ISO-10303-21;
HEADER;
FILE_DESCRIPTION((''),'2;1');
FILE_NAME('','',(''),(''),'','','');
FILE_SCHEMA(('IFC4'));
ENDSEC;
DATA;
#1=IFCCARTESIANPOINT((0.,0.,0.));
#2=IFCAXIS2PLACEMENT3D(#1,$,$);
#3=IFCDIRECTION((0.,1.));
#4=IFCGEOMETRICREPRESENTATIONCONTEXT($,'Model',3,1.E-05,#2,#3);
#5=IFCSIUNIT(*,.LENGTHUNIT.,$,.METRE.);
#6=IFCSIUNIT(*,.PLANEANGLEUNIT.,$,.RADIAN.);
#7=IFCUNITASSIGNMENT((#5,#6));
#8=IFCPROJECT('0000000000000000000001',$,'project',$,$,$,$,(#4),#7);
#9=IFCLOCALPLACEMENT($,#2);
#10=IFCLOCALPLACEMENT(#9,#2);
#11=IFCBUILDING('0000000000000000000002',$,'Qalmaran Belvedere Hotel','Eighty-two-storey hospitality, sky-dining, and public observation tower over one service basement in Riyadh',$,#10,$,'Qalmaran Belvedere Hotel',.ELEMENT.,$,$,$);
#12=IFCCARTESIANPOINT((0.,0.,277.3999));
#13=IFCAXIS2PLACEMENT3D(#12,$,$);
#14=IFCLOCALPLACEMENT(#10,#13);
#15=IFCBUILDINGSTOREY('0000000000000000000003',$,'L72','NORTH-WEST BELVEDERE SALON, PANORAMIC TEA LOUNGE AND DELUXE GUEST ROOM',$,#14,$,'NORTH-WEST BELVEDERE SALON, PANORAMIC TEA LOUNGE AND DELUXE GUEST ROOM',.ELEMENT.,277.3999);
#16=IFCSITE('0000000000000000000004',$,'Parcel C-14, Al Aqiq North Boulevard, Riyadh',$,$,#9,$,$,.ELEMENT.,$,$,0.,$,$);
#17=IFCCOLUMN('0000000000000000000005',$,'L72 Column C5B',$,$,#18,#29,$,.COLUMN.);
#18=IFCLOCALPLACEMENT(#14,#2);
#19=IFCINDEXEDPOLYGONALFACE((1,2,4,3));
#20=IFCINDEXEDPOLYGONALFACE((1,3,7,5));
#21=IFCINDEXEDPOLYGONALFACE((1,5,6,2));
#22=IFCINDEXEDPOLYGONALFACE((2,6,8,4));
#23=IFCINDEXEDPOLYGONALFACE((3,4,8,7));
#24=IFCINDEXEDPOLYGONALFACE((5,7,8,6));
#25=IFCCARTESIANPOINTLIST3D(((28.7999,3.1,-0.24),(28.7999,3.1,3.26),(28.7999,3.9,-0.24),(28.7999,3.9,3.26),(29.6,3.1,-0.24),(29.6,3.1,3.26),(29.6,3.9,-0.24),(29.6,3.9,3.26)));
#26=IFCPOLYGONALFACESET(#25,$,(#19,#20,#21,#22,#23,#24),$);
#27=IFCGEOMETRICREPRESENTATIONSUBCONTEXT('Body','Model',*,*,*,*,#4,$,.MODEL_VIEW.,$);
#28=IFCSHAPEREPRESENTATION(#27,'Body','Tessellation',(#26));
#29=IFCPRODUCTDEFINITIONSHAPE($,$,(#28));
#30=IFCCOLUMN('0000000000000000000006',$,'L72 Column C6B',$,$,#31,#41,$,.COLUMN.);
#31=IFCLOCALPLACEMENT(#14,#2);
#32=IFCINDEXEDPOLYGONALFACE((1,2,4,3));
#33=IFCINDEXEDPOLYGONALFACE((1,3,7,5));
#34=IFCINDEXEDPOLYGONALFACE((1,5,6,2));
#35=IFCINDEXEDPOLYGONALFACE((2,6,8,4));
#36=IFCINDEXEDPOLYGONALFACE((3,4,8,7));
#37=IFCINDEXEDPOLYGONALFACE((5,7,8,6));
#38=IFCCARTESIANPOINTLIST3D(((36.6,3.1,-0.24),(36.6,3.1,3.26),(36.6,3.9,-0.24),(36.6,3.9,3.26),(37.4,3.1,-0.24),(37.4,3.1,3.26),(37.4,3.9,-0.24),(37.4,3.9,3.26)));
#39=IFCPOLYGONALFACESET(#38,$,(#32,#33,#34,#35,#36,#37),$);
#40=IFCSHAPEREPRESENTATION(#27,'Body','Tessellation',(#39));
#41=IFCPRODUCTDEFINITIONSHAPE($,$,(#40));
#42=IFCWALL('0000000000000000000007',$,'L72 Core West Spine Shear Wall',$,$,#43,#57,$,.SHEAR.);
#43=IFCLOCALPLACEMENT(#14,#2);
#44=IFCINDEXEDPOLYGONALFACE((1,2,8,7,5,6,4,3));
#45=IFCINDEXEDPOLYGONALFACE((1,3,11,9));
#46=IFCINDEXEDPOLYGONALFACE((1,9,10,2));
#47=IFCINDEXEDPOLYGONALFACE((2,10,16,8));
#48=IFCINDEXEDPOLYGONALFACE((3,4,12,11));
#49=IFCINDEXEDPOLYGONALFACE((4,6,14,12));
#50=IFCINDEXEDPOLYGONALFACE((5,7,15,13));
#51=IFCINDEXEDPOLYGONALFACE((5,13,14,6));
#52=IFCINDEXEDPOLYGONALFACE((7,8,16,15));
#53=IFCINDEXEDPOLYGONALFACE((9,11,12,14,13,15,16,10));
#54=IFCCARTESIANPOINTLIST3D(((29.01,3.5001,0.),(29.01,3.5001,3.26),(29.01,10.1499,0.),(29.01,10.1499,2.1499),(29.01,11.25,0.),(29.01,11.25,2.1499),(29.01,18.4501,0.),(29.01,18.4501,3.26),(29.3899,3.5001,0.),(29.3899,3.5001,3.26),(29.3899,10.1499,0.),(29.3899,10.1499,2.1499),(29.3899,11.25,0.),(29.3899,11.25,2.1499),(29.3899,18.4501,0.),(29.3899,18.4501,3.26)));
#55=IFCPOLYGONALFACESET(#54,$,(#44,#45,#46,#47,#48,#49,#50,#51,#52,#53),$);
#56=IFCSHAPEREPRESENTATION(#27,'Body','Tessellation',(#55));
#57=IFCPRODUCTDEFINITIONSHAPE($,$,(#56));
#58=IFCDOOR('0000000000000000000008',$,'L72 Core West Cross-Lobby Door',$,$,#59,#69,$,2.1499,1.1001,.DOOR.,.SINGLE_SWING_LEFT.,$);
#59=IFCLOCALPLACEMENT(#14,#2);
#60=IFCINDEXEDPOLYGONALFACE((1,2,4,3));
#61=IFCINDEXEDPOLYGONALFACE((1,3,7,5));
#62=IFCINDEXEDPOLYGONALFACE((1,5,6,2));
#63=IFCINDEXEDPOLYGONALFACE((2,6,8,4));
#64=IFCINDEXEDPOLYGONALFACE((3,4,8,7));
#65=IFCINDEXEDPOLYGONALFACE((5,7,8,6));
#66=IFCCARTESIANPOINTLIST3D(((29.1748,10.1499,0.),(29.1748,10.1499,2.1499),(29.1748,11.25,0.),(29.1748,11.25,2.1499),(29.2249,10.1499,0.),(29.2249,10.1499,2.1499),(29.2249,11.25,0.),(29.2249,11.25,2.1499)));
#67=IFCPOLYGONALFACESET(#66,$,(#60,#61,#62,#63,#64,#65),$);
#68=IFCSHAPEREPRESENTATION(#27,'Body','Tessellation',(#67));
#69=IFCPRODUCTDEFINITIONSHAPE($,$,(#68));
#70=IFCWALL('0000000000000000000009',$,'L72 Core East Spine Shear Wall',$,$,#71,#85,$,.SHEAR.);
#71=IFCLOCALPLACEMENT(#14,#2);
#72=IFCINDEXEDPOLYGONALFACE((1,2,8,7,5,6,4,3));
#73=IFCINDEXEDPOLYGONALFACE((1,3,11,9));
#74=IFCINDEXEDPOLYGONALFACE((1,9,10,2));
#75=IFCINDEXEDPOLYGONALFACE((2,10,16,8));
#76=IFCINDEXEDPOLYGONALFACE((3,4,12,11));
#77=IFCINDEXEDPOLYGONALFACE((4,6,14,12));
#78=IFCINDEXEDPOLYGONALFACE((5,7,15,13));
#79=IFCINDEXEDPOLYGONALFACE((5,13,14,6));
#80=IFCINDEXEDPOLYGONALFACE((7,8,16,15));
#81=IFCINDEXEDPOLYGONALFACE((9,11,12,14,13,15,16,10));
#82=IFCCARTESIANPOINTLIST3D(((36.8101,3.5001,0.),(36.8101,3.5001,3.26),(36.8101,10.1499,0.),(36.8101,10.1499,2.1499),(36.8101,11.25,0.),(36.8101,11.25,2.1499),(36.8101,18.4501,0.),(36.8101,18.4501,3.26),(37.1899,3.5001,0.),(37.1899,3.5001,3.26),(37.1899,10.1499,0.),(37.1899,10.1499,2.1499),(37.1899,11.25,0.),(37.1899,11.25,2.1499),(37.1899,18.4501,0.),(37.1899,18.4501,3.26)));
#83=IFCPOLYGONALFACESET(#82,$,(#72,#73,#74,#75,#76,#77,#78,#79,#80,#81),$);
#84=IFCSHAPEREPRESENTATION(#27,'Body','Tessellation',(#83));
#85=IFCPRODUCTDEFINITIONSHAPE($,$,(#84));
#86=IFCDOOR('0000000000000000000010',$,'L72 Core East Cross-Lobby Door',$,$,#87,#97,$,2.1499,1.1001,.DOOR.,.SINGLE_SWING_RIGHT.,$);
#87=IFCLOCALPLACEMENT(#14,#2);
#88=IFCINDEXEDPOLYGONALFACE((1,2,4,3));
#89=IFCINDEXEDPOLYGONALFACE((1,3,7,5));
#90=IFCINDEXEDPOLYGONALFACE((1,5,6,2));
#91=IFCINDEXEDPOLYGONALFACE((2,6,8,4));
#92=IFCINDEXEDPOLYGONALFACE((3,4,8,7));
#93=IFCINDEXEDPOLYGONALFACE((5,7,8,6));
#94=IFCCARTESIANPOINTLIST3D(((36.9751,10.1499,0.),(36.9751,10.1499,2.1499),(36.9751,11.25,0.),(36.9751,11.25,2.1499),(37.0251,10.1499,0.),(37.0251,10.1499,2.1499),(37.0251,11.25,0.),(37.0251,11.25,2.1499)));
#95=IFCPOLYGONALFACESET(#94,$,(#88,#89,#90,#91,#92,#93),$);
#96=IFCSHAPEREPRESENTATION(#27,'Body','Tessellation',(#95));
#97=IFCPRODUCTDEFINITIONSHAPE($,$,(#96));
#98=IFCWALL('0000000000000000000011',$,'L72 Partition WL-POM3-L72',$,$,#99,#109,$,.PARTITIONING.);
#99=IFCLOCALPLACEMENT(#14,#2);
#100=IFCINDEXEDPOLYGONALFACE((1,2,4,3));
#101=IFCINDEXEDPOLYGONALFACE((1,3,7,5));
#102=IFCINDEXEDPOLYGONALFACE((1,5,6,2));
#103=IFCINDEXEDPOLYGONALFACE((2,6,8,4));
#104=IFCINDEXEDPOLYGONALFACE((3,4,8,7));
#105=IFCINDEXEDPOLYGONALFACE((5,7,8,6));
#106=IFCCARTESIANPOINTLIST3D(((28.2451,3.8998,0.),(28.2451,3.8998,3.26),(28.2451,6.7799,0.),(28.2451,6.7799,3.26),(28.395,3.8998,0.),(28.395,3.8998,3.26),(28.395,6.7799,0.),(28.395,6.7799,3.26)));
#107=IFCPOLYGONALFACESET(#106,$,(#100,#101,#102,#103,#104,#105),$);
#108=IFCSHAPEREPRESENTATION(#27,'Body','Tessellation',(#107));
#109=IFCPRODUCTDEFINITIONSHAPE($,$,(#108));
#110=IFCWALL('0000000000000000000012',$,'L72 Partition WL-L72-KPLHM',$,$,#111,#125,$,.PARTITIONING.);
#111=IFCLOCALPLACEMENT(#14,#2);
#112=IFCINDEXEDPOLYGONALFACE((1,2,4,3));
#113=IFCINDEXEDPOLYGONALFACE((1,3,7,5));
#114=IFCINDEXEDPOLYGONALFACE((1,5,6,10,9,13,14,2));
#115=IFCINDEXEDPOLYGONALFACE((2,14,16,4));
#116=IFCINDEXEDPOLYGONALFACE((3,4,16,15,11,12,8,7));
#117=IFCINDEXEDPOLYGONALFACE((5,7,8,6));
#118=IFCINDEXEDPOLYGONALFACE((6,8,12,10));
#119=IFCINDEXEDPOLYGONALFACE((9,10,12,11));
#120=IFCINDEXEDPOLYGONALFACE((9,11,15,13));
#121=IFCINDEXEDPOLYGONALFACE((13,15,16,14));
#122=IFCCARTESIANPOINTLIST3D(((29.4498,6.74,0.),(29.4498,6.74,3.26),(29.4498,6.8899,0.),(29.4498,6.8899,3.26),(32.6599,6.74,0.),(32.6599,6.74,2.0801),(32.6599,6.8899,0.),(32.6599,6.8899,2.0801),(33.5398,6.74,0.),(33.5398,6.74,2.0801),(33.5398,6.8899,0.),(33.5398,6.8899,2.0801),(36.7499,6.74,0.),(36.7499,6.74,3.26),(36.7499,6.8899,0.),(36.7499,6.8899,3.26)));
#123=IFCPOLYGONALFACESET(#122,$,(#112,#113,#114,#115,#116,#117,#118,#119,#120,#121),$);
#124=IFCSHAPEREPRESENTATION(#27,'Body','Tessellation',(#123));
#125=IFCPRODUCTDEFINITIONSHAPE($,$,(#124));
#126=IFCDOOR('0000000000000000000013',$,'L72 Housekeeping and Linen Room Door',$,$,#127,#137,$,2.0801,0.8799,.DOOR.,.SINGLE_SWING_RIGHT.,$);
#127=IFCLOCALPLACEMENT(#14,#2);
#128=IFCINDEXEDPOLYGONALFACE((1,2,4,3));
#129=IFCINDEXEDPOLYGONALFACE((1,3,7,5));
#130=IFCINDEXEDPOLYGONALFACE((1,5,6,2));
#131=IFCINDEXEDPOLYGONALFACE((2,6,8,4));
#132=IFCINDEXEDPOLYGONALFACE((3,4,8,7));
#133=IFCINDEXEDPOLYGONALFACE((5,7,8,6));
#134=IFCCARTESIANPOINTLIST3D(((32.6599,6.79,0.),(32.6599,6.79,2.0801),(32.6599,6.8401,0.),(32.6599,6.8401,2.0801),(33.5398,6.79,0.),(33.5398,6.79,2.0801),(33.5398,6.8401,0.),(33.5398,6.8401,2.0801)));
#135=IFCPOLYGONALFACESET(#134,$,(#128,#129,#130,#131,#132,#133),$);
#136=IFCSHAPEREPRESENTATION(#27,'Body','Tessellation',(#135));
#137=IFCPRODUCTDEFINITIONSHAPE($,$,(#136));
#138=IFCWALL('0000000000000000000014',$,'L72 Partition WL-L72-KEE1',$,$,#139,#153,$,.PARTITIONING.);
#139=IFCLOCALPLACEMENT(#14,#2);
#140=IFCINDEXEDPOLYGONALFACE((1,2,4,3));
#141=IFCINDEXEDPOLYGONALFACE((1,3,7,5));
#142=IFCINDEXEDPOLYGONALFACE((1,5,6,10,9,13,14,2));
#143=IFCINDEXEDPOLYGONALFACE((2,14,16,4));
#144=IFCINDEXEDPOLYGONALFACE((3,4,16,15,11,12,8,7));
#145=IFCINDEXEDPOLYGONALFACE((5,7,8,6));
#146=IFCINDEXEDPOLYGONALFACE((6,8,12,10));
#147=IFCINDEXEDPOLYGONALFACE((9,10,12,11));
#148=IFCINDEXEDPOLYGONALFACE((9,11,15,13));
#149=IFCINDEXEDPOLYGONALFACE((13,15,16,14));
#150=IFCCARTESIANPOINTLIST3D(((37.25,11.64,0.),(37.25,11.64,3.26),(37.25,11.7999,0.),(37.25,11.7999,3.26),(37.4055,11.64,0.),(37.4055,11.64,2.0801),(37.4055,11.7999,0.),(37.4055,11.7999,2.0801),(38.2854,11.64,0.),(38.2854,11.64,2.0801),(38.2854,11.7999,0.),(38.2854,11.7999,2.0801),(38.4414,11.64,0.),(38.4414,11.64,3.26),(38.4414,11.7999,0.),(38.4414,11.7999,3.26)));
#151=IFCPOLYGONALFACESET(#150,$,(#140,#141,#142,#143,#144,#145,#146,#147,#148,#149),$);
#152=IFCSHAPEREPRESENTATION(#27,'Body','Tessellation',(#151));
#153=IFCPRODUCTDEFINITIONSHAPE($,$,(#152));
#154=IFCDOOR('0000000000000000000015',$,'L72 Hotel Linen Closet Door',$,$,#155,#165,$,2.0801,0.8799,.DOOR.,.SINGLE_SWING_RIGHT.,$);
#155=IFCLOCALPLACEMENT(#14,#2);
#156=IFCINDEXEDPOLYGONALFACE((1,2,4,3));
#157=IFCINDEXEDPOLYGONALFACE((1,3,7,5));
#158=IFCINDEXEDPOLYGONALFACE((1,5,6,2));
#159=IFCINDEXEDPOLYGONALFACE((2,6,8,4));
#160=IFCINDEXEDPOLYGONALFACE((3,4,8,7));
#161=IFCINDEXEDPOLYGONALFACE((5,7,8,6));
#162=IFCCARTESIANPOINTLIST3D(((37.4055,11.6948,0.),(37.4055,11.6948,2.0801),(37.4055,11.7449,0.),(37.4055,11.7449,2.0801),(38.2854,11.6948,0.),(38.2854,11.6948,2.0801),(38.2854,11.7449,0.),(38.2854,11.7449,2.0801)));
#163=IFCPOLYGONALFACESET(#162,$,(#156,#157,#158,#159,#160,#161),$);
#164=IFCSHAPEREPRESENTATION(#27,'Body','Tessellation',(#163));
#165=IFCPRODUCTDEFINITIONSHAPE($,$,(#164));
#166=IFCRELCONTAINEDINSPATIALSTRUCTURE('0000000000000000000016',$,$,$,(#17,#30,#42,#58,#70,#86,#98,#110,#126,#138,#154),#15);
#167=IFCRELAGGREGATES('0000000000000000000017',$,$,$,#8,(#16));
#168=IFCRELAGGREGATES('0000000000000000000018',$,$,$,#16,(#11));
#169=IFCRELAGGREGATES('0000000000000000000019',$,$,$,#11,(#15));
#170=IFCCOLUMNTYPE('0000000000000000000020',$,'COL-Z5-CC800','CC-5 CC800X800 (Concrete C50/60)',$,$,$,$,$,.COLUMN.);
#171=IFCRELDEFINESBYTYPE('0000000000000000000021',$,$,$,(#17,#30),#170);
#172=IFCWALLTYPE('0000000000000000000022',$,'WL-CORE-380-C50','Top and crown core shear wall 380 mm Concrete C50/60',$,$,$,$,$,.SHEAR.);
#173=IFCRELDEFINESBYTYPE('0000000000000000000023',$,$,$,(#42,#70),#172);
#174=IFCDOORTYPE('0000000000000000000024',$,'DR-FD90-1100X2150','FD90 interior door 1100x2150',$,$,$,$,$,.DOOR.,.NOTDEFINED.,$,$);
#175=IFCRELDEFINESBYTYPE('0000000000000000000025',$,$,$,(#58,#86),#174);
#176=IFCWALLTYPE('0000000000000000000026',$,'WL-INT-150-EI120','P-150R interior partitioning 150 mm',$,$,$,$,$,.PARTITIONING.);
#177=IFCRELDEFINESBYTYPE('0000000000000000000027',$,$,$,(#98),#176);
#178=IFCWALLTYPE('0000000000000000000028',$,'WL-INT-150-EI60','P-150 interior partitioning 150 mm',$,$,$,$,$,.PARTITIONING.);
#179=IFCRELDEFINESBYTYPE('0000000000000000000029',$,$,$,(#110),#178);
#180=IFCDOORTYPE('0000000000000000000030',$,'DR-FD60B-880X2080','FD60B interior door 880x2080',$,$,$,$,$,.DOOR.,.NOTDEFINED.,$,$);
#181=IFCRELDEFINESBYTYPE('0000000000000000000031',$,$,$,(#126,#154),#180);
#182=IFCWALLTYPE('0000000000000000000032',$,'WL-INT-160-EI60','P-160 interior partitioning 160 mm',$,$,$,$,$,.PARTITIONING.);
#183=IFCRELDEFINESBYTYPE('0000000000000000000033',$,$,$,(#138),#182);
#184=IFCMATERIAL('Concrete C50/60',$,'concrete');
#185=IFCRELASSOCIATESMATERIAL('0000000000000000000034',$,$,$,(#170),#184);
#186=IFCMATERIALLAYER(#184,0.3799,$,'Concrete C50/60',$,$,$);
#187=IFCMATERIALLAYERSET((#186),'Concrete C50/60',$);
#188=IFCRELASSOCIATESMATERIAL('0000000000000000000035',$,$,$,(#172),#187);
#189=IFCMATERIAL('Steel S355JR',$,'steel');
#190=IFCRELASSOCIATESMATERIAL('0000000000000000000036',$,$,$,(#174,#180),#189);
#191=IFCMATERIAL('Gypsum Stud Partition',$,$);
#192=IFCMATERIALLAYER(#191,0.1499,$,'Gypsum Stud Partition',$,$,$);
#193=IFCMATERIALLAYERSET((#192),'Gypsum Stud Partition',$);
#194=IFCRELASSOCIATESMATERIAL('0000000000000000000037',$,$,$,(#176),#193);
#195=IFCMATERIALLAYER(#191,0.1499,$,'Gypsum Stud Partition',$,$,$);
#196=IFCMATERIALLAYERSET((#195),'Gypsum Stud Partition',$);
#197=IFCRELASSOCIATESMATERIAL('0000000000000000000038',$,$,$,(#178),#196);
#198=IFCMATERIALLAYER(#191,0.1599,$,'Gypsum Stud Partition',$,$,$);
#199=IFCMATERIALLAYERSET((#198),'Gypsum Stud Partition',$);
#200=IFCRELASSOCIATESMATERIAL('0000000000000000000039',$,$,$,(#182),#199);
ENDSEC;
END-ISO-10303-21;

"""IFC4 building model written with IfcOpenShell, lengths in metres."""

from ifc_helpers import new_model, si_unit, direction, frame, frame_2d, origin, origin_2d, place, context, subcontext, project, spatial, rectangle, extrude, material, layer, layer_set, material_profile, profile_set, type_object, element, fill, save


model = new_model("IFC4")

# Units and contexts
model_context = context("Model", 3, precision=1e-05, world=origin(), true_north=direction((0.0, 1.0)))
body_context = subcontext(model_context, "Body", "Model", "MODEL_VIEW")
ifc_project = project(units=[si_unit("LENGTHUNIT", "METRE"), si_unit("PLANEANGLEUNIT", "RADIAN")], contexts=[model_context])

# Site, building, storey
site_placement = place(None, origin())
site = spatial("IfcSite", under=ifc_project, at=site_placement, Name="Parcel C-14, Al Aqiq North Boulevard, Riyadh", CompositionType="ELEMENT", RefElevation=0.0)
building_placement = place(site_placement, origin())
building = spatial("IfcBuilding", under=site, at=building_placement, Name="Qalmaran Belvedere Hotel", Description="Eighty-two-storey hospitality, sky-dining, and public observation tower over one service basement in Riyadh", LongName="Qalmaran Belvedere Hotel", CompositionType="ELEMENT")
storey_placement = place(building_placement, frame((0.0, 0.0, 277.3999)))
storey = spatial("IfcBuildingStorey", under=building, at=storey_placement, Name="L72", Description="NORTH-WEST BELVEDERE SALON, PANORAMIC TEA LOUNGE AND DELUXE GUEST ROOM", LongName="NORTH-WEST BELVEDERE SALON, PANORAMIC TEA LOUNGE AND DELUXE GUEST ROOM", CompositionType="ELEMENT", Elevation=277.3999)

# Columns
ifc_material_1 = material(Name="Concrete C50/60", Category="concrete")
ifc_material_profile = material_profile(ifc_material_1, rectangle(XDim=0.8, YDim=0.8, at=origin_2d()), Name="CC800X800")
ifc_profile_set = profile_set([ifc_material_profile], Name="Concrete C50/60")
column_type = type_object("IfcColumnType", Name="COL-Z5-CC800", Description="CC-5 CC800X800 (Concrete C50/60)", PredefinedType="COLUMN", material=ifc_profile_set)
for number, where, z_axis, x_axis, name in (
    (1, (29.2, 3.5, -0.24), (0.0, 0.0, 1.0), (1.0, 0.0, 0.0), "L72 Column C5B"),
    (2, (37.0, 3.5, -0.24), (0.0, 0.0, 1.0), (1.0, 0.0, 0.0), "L72 Column C6B"),
):
    element("IfcColumn", number, at=place(storey_placement, frame(where, z_axis=z_axis, x_axis=x_axis)), inside=storey, type_object=column_type, Name=name, PredefinedType="COLUMN", context=body_context, shape_type="SweptSolid", body=[
        extrude(rectangle(XDim=0.8, YDim=0.8, at=origin_2d()), origin(), (0.0, 0.0, 1.0), 3.5),
    ])

# Walls, openings, doors
ifc_layer_1 = layer(ifc_material_1, 0.3799, Name="Concrete C50/60")
ifc_layer_set_1 = layer_set([ifc_layer_1], Name="Concrete C50/60")
wall_type_1 = type_object("IfcWallType", Name="WL-CORE-380-C50", Description="Top and crown core shear wall 380 mm Concrete C50/60", PredefinedType="SHEAR", material=ifc_layer_set_1)
wall_1_placement = place(storey_placement, frame((29.2, 3.5, 0.0), z_axis=(0.0, 0.0, 1.0), x_axis=(0.0, 1.0, 0.0)))
wall_1 = element("IfcWall", 3, at=wall_1_placement, inside=storey, type_object=wall_type_1, Name="L72 Core West Spine Shear Wall", PredefinedType="SHEAR", context=body_context, shape_type="SweptSolid", body=[
    extrude(rectangle(XDim=14.95, YDim=0.3799, at=frame_2d((7.4751, 0.0))), origin(), (0.0, 0.0, 1.0), 3.26),
])
opening_1_placement = place(wall_1_placement, frame((7.75, 0.0, 0.0), z_axis=(0.0, 0.0, 1.0), x_axis=(-1.0, 0.0, 0.0)))
opening_1 = element("IfcOpeningElement", 4, at=opening_1_placement, cuts=wall_1, PredefinedType="OPENING", context=body_context, shape_type="SweptSolid", body=[
    extrude(rectangle(XDim=1.1001, YDim=2.1499, at=frame_2d((0.55, 1.075))), frame((0.0, 0.2, 0.0), z_axis=(0.0, -1.0, 0.0), x_axis=(1.0, 0.0, 0.0)), (0.0, 0.0, 1.0), 0.3999),
])
ifc_material_2 = material(Name="Steel S355JR", Category="steel")
door_type_1 = type_object("IfcDoorType", Name="DR-FD90-1100X2150", Description="FD90 interior door 1100x2150", OperationType="NOTDEFINED", PredefinedType="DOOR", material=ifc_material_2)
door_1_placement = place(opening_1_placement, origin())
door_1 = element("IfcDoor", 5, at=door_1_placement, inside=storey, type_object=door_type_1, Name="L72 Core West Cross-Lobby Door", OperationType="SINGLE_SWING_LEFT", OverallHeight=2.1499, OverallWidth=1.1001, PredefinedType="DOOR", context=body_context, shape_type="SweptSolid", body=[
    extrude(rectangle(XDim=1.1001, YDim=2.1499, at=frame_2d((0.55, 1.075))), frame((0.0, 0.0249, 0.0), z_axis=(0.0, -1.0, 0.0), x_axis=(1.0, 0.0, 0.0)), (0.0, 0.0, 1.0), 0.05),
])
fill(opening_1, door_1)
wall_2_placement = place(storey_placement, frame((37.0, 3.5, 0.0), z_axis=(0.0, 0.0, 1.0), x_axis=(0.0, 1.0, 0.0)))
wall_2 = element("IfcWall", 6, at=wall_2_placement, inside=storey, type_object=wall_type_1, Name="L72 Core East Spine Shear Wall", PredefinedType="SHEAR", context=body_context, shape_type="SweptSolid", body=[
    extrude(rectangle(XDim=14.95, YDim=0.3799, at=frame_2d((7.4751, 0.0))), origin(), (0.0, 0.0, 1.0), 3.26),
])
opening_2_placement = place(wall_2_placement, frame((6.6499, 0.0, 0.0)))
opening_2 = element("IfcOpeningElement", 7, at=opening_2_placement, cuts=wall_2, PredefinedType="OPENING", context=body_context, shape_type="SweptSolid", body=[
    extrude(rectangle(XDim=1.1001, YDim=2.1499, at=frame_2d((0.55, 1.075))), frame((0.0, 0.2, 0.0), z_axis=(0.0, -1.0, 0.0), x_axis=(1.0, 0.0, 0.0)), (0.0, 0.0, 1.0), 0.3999),
])
door_2_placement = place(opening_2_placement, origin())
door_2 = element("IfcDoor", 8, at=door_2_placement, inside=storey, type_object=door_type_1, Name="L72 Core East Cross-Lobby Door", OperationType="SINGLE_SWING_RIGHT", OverallHeight=2.1499, OverallWidth=1.1001, PredefinedType="DOOR", context=body_context, shape_type="SweptSolid", body=[
    extrude(rectangle(XDim=1.1001, YDim=2.1499, at=frame_2d((0.55, 1.075))), frame((0.0, 0.0249, 0.0), z_axis=(0.0, -1.0, 0.0), x_axis=(1.0, 0.0, 0.0)), (0.0, 0.0, 1.0), 0.05),
])
fill(opening_2, door_2)

# Wall
ifc_material_3 = material(Name="Gypsum Stud Partition")
ifc_layer_2 = layer(ifc_material_3, 0.1499, Name="Gypsum Stud Partition")
ifc_layer_set_2 = layer_set([ifc_layer_2], Name="Gypsum Stud Partition")
wall_type_2 = type_object("IfcWallType", Name="WL-INT-150-EI120", Description="P-150R interior partitioning 150 mm", PredefinedType="PARTITIONING", material=ifc_layer_set_2)
wall_3_placement = place(storey_placement, frame((28.3201, 3.8999, 0.0), z_axis=(0.0, 0.0, 1.0), x_axis=(0.0, 1.0, 0.0)))
element("IfcWall", 9, at=wall_3_placement, inside=storey, type_object=wall_type_2, Name="L72 Partition WL-POM3-L72", PredefinedType="PARTITIONING", context=body_context, shape_type="SweptSolid", body=[
    extrude(rectangle(XDim=2.8801, YDim=0.1499, at=frame_2d((1.4399, 0.0))), origin(), (0.0, 0.0, 1.0), 3.26),
])
ifc_layer_3 = layer(ifc_material_3, 0.1499, Name="Gypsum Stud Partition")
ifc_layer_set_3 = layer_set([ifc_layer_3], Name="Gypsum Stud Partition")
wall_type_3 = type_object("IfcWallType", Name="WL-INT-150-EI60", Description="P-150 interior partitioning 150 mm", PredefinedType="PARTITIONING", material=ifc_layer_set_3)

# Walls, openings, doors
wall_4_placement = place(storey_placement, frame((29.45, 6.8149, 0.0), z_axis=(0.0, 0.0, 1.0), x_axis=(1.0, 0.0, 0.0)))
wall_4 = element("IfcWall", 10, at=wall_4_placement, inside=storey, type_object=wall_type_3, Name="L72 Partition WL-L72-KPLHM", PredefinedType="PARTITIONING", context=body_context, shape_type="SweptSolid", body=[
    extrude(rectangle(XDim=7.3, YDim=0.1499, at=frame_2d((3.6499, 0.0))), origin(), (0.0, 0.0, 1.0), 3.26),
])
opening_3_placement = place(wall_4_placement, frame((4.0898, 0.0, 0.0), z_axis=(0.0, 0.0, 1.0), x_axis=(-1.0, 0.0, 0.0)))
opening_3 = element("IfcOpeningElement", 11, at=opening_3_placement, cuts=wall_4, PredefinedType="OPENING", context=body_context, shape_type="SweptSolid", body=[
    extrude(rectangle(XDim=0.8799, YDim=2.0801, at=frame_2d((0.4399, 1.04))), frame((0.0, 0.085, 0.0), z_axis=(0.0, -1.0, 0.0), x_axis=(1.0, 0.0, 0.0)), (0.0, 0.0, 1.0), 0.1699),
])
door_type_2 = type_object("IfcDoorType", Name="DR-FD60B-880X2080", Description="FD60B interior door 880x2080", OperationType="NOTDEFINED", PredefinedType="DOOR", material=ifc_material_2)
door_3_placement = place(opening_3_placement, origin())
door_3 = element("IfcDoor", 12, at=door_3_placement, inside=storey, type_object=door_type_2, Name="L72 Housekeeping and Linen Room Door", OperationType="SINGLE_SWING_RIGHT", OverallHeight=2.0801, OverallWidth=0.8799, PredefinedType="DOOR", context=body_context, shape_type="SweptSolid", body=[
    extrude(rectangle(XDim=0.8799, YDim=2.0801, at=frame_2d((0.4399, 1.04))), frame((0.0, 0.0249, 0.0), z_axis=(0.0, -1.0, 0.0), x_axis=(1.0, 0.0, 0.0)), (0.0, 0.0, 1.0), 0.05),
])
fill(opening_3, door_3)
ifc_layer_4 = layer(ifc_material_3, 0.1599, Name="Gypsum Stud Partition")
ifc_layer_set_4 = layer_set([ifc_layer_4], Name="Gypsum Stud Partition")
wall_type_4 = type_object("IfcWallType", Name="WL-INT-160-EI60", Description="P-160 interior partitioning 160 mm", PredefinedType="PARTITIONING", material=ifc_layer_set_4)
wall_5_placement = place(storey_placement, frame((37.25, 11.72, 0.0), z_axis=(0.0, 0.0, 1.0), x_axis=(1.0, 0.0, 0.0)))
wall_5 = element("IfcWall", 13, at=wall_5_placement, inside=storey, type_object=wall_type_4, Name="L72 Partition WL-L72-KEE1", PredefinedType="PARTITIONING", context=body_context, shape_type="SweptSolid", body=[
    extrude(rectangle(XDim=1.1914, YDim=0.1599, at=frame_2d((0.5957, 0.0))), origin(), (0.0, 0.0, 1.0), 3.26),
])
opening_4_placement = place(wall_5_placement, frame((0.1555, 0.0, 0.0)))
opening_4 = element("IfcOpeningElement", 14, at=opening_4_placement, cuts=wall_5, PredefinedType="OPENING", context=body_context, shape_type="SweptSolid", body=[
    extrude(rectangle(XDim=0.8799, YDim=2.0801, at=frame_2d((0.4399, 1.04))), frame((0.0, 0.0898, 0.0), z_axis=(0.0, -1.0, 0.0), x_axis=(1.0, 0.0, 0.0)), (0.0, 0.0, 1.0), 0.1799),
])
door_4_placement = place(opening_4_placement, origin())
door_4 = element("IfcDoor", 15, at=door_4_placement, inside=storey, type_object=door_type_2, Name="L72 Hotel Linen Closet Door", OperationType="SINGLE_SWING_RIGHT", OverallHeight=2.0801, OverallWidth=0.8799, PredefinedType="DOOR", context=body_context, shape_type="SweptSolid", body=[
    extrude(rectangle(XDim=0.8799, YDim=2.0801, at=frame_2d((0.4399, 1.04))), frame((0.0, 0.0249, 0.0), z_axis=(0.0, -1.0, 0.0), x_axis=(1.0, 0.0, 0.0)), (0.0, 0.0, 1.0), 0.05),
])
fill(opening_4, door_4)

save(model, "model.ifc")
